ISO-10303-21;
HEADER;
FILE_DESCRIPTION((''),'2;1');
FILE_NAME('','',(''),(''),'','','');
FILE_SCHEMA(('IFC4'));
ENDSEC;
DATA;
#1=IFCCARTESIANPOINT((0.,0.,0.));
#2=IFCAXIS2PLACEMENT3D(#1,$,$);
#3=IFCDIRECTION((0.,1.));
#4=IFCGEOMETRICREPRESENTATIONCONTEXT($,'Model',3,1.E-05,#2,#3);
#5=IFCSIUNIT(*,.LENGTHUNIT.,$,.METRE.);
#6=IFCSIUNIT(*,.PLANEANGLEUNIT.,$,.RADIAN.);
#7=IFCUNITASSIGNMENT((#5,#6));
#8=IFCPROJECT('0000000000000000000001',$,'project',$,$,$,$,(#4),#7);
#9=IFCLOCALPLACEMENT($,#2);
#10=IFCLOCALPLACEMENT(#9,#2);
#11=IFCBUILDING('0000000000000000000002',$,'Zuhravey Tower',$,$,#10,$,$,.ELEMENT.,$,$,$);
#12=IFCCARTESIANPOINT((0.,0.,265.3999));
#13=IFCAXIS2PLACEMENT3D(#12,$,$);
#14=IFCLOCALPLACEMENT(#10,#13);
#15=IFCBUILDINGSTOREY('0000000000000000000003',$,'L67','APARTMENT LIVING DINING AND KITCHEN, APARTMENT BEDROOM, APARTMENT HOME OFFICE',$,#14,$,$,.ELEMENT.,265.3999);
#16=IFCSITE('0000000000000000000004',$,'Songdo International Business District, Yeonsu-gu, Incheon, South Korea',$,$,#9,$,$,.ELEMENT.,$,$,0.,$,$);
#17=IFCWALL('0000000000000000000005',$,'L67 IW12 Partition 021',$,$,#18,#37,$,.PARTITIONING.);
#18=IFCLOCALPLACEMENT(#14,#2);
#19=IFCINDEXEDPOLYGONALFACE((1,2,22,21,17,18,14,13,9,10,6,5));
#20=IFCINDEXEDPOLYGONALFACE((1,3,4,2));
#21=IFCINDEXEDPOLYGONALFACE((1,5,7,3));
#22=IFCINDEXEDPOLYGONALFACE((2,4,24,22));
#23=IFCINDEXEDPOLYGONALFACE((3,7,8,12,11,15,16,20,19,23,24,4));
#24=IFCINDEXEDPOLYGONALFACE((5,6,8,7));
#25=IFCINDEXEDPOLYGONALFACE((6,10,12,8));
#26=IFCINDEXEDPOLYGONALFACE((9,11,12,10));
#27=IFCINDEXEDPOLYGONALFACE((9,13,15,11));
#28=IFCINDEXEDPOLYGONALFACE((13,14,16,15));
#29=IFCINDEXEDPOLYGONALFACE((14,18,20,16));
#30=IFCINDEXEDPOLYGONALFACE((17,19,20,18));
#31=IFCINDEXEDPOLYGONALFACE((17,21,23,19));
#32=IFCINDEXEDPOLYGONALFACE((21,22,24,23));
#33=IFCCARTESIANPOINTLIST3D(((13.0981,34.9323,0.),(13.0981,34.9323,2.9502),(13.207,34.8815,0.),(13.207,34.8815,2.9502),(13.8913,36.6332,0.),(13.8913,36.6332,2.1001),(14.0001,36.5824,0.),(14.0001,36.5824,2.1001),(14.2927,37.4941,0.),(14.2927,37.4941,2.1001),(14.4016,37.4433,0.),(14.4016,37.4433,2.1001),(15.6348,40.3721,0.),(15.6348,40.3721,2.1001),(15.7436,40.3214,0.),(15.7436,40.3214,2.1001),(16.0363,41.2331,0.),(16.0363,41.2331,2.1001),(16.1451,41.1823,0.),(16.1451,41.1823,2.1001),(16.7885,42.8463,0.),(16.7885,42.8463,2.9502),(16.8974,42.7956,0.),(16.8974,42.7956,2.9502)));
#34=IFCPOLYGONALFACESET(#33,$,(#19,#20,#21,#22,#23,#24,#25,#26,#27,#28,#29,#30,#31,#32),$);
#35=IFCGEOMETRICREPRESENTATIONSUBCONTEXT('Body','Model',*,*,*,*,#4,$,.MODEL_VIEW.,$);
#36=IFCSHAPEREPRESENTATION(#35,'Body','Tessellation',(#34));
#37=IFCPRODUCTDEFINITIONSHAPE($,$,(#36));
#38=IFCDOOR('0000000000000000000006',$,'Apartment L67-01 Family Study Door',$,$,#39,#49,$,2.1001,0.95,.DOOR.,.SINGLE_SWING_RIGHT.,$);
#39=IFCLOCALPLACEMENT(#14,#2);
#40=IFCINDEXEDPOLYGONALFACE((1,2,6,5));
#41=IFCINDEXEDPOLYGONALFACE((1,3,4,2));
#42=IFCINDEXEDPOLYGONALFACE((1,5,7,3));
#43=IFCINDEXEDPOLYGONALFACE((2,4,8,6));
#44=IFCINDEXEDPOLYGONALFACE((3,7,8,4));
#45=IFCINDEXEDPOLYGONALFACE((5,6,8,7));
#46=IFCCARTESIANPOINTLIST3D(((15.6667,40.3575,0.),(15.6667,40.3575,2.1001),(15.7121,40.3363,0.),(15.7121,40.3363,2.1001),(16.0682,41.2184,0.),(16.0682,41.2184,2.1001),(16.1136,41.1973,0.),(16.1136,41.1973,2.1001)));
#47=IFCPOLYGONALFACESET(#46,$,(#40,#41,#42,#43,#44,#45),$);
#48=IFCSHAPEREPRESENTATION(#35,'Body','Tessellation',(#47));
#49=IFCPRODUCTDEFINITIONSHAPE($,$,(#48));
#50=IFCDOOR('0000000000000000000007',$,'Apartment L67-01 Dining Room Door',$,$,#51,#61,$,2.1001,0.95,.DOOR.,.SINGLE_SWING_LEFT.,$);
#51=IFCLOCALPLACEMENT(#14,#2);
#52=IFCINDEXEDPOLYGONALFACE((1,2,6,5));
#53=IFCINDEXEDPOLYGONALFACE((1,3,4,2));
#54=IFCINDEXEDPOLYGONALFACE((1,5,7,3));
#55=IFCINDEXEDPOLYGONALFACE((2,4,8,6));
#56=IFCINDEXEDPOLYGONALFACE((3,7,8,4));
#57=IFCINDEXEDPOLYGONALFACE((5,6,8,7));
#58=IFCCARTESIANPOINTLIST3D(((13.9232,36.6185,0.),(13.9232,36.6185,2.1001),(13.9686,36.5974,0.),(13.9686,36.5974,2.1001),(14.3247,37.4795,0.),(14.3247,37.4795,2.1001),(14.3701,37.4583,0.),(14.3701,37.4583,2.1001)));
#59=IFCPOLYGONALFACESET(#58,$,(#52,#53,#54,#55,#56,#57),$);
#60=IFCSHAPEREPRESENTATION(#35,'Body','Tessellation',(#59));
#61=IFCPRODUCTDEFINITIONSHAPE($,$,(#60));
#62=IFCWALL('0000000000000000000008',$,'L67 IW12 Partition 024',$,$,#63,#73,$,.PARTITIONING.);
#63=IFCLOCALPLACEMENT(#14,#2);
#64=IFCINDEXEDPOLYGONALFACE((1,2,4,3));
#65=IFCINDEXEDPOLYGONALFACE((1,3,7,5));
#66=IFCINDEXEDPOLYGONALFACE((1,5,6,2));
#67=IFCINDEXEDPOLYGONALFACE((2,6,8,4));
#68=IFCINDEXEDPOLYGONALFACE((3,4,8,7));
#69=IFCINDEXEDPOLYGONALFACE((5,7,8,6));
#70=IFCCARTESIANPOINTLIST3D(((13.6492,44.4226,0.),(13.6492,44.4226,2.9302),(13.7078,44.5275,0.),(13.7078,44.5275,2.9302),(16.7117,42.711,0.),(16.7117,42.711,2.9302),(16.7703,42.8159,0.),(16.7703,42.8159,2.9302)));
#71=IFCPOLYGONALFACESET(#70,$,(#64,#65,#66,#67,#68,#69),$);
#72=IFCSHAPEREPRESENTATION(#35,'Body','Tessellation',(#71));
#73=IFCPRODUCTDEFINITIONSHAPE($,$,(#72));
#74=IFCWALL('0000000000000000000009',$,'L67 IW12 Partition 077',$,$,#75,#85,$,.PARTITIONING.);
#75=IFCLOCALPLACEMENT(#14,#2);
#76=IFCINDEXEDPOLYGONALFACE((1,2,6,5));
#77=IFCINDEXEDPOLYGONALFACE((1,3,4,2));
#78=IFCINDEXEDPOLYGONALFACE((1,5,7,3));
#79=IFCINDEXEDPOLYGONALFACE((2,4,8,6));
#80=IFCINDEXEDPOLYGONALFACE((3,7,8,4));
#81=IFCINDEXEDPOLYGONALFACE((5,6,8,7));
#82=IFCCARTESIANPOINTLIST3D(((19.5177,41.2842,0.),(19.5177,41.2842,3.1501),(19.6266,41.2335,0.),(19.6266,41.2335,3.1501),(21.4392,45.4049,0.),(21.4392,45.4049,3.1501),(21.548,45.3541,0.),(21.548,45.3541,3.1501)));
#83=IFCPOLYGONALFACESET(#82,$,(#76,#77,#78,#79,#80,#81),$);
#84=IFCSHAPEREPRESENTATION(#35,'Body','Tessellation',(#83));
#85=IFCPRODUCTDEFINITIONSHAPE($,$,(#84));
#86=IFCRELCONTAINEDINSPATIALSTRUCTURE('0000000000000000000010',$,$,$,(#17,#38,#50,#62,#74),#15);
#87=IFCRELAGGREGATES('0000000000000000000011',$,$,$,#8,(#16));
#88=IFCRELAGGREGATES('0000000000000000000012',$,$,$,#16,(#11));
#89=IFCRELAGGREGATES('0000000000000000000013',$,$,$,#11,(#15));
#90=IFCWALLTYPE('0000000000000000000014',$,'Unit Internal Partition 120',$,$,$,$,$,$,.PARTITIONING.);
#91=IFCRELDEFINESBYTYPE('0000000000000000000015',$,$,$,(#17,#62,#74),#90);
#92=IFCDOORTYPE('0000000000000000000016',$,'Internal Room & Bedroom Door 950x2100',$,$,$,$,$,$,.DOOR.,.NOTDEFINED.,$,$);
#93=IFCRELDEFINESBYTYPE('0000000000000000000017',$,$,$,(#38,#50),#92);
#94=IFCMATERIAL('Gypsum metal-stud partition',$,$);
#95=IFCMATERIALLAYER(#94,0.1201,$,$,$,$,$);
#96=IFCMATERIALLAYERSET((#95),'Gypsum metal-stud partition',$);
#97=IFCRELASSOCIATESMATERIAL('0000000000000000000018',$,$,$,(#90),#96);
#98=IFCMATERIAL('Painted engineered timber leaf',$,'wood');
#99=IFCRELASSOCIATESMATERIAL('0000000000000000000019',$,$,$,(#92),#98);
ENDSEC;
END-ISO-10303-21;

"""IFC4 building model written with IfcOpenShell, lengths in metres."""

from ifc_helpers import new_model, si_unit, direction, frame, frame_2d, origin, place, context, subcontext, project, spatial, rectangle, extrude, material, layer, layer_set, type_object, element, fill, save


model = new_model("IFC4")

# Units and contexts
model_context = context("Model", 3, precision=1e-05, world=origin(), true_north=direction((0.0, 1.0)))
body_context = subcontext(model_context, "Body", "Model", "MODEL_VIEW")
ifc_project = project(units=[si_unit("LENGTHUNIT", "METRE"), si_unit("PLANEANGLEUNIT", "RADIAN")], contexts=[model_context])

# Site, building, storey
site_placement = place(None, origin())
site = spatial("IfcSite", under=ifc_project, at=site_placement, Name="Songdo International Business District, Yeonsu-gu, Incheon, South Korea", CompositionType="ELEMENT", RefElevation=0.0)
building_placement = place(site_placement, origin())
building = spatial("IfcBuilding", under=site, at=building_placement, Name="Zuhravey Tower", CompositionType="ELEMENT")
storey_placement = place(building_placement, frame((0.0, 0.0, 265.3999)))
storey = spatial("IfcBuildingStorey", under=building, at=storey_placement, Name="L67", Description="APARTMENT LIVING DINING AND KITCHEN, APARTMENT BEDROOM, APARTMENT HOME OFFICE", CompositionType="ELEMENT", Elevation=265.3999)

# Wall, openings, doors
ifc_material_1 = material(Name="Gypsum metal-stud partition")
ifc_layer_1 = layer(ifc_material_1, 0.1201)
ifc_layer_set_1 = layer_set([ifc_layer_1], Name="Gypsum metal-stud partition")
wall_type_1 = type_object("IfcWallType", Name="Unit Internal Partition 120", PredefinedType="PARTITIONING", material=ifc_layer_set_1)
wall_1_placement = place(storey_placement, frame((16.843, 42.821, 0.0), z_axis=(0.0, 0.0, 1.0), x_axis=(-0.422622, -0.906306, 0.0)))
wall_1 = element("IfcWall", 1, at=wall_1_placement, inside=storey, type_object=wall_type_1, Name="L67 IW12 Partition 021", PredefinedType="PARTITIONING", context=body_context, shape_type="SweptSolid", body=[
    extrude(rectangle(XDim=8.7322, YDim=0.1201, at=frame_2d((4.3662, 0.0))), origin(), (0.0, 0.0, 1.0), 2.9502),
])
opening_1_placement = place(wall_1_placement, frame((1.78, 0.0, 0.0)))
opening_1 = element("IfcOpeningElement", 2, at=opening_1_placement, cuts=wall_1, PredefinedType="OPENING", context=body_context, shape_type="SweptSolid", body=[
    extrude(rectangle(XDim=0.95, YDim=2.1001, at=frame_2d((0.4751, 1.05))), frame((0.0, 0.072, 0.0), z_axis=(0.0, -1.0, 0.0), x_axis=(1.0, 0.0, 0.0)), (0.0, 0.0, 1.0), 0.144),
])
opening_2_placement = place(wall_1_placement, frame((5.9055, 0.0, 0.0)))
opening_2 = element("IfcOpeningElement", 3, at=opening_2_placement, cuts=wall_1, PredefinedType="OPENING", context=body_context, shape_type="SweptSolid", body=[
    extrude(rectangle(XDim=0.95, YDim=2.1001, at=frame_2d((0.4751, 1.05))), frame((0.0, 0.072, 0.0), z_axis=(0.0, -1.0, 0.0), x_axis=(1.0, 0.0, 0.0)), (0.0, 0.0, 1.0), 0.144),
])
ifc_material_2 = material(Name="Painted engineered timber leaf", Category="wood")
door_type = type_object("IfcDoorType", Name="Internal Room & Bedroom Door 950x2100", OperationType="NOTDEFINED", PredefinedType="DOOR", material=ifc_material_2)
door_1_placement = place(opening_1_placement, frame((0.95, 0.0, 0.0), z_axis=(0.0, 0.0, 1.0), x_axis=(-1.0, 0.0, 0.0)))
door_1 = element("IfcDoor", 4, at=door_1_placement, inside=storey, type_object=door_type, Name="Apartment L67-01 Family Study Door", OperationType="SINGLE_SWING_RIGHT", OverallHeight=2.1001, OverallWidth=0.95, PredefinedType="DOOR", context=body_context, shape_type="SweptSolid", body=[
    extrude(rectangle(XDim=0.95, YDim=2.1001, at=frame_2d((0.4751, 1.05))), frame((0.0, 0.0249, 0.0), z_axis=(0.0, -1.0, 0.0), x_axis=(1.0, 0.0, 0.0)), (0.0, 0.0, 1.0), 0.05),
])
fill(opening_1, door_1)
door_2_placement = place(opening_2_placement, frame((0.95, 0.0, 0.0), z_axis=(0.0, 0.0, 1.0), x_axis=(-1.0, 0.0, 0.0)))
door_2 = element("IfcDoor", 5, at=door_2_placement, inside=storey, type_object=door_type, Name="Apartment L67-01 Dining Room Door", OperationType="SINGLE_SWING_LEFT", OverallHeight=2.1001, OverallWidth=0.95, PredefinedType="DOOR", context=body_context, shape_type="SweptSolid", body=[
    extrude(rectangle(XDim=0.95, YDim=2.1001, at=frame_2d((0.4751, 1.05))), frame((0.0, 0.0249, 0.0), z_axis=(0.0, -1.0, 0.0), x_axis=(1.0, 0.0, 0.0)), (0.0, 0.0, 1.0), 0.05),
])
fill(opening_2, door_2)

# Walls
wall_2_placement = place(storey_placement, frame((16.741, 42.7634, 0.0), z_axis=(0.0, 0.0, 1.0), x_axis=(-0.87291, 0.487881, 0.0)))
element("IfcWall", 6, at=wall_2_placement, inside=storey, type_object=wall_type_1, Name="L67 IW12 Partition 024", PredefinedType="PARTITIONING", context=body_context, shape_type="SweptSolid", body=[
    extrude(rectangle(XDim=3.5083, YDim=0.1201, at=frame_2d((1.7542, 0.0))), origin(), (0.0, 0.0, 1.0), 2.9302),
])
wall_3_placement = place(storey_placement, frame((21.4937, 45.3796, 0.0), z_axis=(0.0, 0.0, 1.0), x_axis=(-0.422603, -0.906315, 0.0)))
element("IfcWall", 7, at=wall_3_placement, inside=storey, type_object=wall_type_1, Name="L67 IW12 Partition 077", PredefinedType="PARTITIONING", context=body_context, shape_type="SweptSolid", body=[
    extrude(rectangle(XDim=4.5466, YDim=0.1201, at=frame_2d((2.2734, 0.0))), origin(), (0.0, 0.0, 1.0), 3.1501),
])

save(model, "model.ifc")
